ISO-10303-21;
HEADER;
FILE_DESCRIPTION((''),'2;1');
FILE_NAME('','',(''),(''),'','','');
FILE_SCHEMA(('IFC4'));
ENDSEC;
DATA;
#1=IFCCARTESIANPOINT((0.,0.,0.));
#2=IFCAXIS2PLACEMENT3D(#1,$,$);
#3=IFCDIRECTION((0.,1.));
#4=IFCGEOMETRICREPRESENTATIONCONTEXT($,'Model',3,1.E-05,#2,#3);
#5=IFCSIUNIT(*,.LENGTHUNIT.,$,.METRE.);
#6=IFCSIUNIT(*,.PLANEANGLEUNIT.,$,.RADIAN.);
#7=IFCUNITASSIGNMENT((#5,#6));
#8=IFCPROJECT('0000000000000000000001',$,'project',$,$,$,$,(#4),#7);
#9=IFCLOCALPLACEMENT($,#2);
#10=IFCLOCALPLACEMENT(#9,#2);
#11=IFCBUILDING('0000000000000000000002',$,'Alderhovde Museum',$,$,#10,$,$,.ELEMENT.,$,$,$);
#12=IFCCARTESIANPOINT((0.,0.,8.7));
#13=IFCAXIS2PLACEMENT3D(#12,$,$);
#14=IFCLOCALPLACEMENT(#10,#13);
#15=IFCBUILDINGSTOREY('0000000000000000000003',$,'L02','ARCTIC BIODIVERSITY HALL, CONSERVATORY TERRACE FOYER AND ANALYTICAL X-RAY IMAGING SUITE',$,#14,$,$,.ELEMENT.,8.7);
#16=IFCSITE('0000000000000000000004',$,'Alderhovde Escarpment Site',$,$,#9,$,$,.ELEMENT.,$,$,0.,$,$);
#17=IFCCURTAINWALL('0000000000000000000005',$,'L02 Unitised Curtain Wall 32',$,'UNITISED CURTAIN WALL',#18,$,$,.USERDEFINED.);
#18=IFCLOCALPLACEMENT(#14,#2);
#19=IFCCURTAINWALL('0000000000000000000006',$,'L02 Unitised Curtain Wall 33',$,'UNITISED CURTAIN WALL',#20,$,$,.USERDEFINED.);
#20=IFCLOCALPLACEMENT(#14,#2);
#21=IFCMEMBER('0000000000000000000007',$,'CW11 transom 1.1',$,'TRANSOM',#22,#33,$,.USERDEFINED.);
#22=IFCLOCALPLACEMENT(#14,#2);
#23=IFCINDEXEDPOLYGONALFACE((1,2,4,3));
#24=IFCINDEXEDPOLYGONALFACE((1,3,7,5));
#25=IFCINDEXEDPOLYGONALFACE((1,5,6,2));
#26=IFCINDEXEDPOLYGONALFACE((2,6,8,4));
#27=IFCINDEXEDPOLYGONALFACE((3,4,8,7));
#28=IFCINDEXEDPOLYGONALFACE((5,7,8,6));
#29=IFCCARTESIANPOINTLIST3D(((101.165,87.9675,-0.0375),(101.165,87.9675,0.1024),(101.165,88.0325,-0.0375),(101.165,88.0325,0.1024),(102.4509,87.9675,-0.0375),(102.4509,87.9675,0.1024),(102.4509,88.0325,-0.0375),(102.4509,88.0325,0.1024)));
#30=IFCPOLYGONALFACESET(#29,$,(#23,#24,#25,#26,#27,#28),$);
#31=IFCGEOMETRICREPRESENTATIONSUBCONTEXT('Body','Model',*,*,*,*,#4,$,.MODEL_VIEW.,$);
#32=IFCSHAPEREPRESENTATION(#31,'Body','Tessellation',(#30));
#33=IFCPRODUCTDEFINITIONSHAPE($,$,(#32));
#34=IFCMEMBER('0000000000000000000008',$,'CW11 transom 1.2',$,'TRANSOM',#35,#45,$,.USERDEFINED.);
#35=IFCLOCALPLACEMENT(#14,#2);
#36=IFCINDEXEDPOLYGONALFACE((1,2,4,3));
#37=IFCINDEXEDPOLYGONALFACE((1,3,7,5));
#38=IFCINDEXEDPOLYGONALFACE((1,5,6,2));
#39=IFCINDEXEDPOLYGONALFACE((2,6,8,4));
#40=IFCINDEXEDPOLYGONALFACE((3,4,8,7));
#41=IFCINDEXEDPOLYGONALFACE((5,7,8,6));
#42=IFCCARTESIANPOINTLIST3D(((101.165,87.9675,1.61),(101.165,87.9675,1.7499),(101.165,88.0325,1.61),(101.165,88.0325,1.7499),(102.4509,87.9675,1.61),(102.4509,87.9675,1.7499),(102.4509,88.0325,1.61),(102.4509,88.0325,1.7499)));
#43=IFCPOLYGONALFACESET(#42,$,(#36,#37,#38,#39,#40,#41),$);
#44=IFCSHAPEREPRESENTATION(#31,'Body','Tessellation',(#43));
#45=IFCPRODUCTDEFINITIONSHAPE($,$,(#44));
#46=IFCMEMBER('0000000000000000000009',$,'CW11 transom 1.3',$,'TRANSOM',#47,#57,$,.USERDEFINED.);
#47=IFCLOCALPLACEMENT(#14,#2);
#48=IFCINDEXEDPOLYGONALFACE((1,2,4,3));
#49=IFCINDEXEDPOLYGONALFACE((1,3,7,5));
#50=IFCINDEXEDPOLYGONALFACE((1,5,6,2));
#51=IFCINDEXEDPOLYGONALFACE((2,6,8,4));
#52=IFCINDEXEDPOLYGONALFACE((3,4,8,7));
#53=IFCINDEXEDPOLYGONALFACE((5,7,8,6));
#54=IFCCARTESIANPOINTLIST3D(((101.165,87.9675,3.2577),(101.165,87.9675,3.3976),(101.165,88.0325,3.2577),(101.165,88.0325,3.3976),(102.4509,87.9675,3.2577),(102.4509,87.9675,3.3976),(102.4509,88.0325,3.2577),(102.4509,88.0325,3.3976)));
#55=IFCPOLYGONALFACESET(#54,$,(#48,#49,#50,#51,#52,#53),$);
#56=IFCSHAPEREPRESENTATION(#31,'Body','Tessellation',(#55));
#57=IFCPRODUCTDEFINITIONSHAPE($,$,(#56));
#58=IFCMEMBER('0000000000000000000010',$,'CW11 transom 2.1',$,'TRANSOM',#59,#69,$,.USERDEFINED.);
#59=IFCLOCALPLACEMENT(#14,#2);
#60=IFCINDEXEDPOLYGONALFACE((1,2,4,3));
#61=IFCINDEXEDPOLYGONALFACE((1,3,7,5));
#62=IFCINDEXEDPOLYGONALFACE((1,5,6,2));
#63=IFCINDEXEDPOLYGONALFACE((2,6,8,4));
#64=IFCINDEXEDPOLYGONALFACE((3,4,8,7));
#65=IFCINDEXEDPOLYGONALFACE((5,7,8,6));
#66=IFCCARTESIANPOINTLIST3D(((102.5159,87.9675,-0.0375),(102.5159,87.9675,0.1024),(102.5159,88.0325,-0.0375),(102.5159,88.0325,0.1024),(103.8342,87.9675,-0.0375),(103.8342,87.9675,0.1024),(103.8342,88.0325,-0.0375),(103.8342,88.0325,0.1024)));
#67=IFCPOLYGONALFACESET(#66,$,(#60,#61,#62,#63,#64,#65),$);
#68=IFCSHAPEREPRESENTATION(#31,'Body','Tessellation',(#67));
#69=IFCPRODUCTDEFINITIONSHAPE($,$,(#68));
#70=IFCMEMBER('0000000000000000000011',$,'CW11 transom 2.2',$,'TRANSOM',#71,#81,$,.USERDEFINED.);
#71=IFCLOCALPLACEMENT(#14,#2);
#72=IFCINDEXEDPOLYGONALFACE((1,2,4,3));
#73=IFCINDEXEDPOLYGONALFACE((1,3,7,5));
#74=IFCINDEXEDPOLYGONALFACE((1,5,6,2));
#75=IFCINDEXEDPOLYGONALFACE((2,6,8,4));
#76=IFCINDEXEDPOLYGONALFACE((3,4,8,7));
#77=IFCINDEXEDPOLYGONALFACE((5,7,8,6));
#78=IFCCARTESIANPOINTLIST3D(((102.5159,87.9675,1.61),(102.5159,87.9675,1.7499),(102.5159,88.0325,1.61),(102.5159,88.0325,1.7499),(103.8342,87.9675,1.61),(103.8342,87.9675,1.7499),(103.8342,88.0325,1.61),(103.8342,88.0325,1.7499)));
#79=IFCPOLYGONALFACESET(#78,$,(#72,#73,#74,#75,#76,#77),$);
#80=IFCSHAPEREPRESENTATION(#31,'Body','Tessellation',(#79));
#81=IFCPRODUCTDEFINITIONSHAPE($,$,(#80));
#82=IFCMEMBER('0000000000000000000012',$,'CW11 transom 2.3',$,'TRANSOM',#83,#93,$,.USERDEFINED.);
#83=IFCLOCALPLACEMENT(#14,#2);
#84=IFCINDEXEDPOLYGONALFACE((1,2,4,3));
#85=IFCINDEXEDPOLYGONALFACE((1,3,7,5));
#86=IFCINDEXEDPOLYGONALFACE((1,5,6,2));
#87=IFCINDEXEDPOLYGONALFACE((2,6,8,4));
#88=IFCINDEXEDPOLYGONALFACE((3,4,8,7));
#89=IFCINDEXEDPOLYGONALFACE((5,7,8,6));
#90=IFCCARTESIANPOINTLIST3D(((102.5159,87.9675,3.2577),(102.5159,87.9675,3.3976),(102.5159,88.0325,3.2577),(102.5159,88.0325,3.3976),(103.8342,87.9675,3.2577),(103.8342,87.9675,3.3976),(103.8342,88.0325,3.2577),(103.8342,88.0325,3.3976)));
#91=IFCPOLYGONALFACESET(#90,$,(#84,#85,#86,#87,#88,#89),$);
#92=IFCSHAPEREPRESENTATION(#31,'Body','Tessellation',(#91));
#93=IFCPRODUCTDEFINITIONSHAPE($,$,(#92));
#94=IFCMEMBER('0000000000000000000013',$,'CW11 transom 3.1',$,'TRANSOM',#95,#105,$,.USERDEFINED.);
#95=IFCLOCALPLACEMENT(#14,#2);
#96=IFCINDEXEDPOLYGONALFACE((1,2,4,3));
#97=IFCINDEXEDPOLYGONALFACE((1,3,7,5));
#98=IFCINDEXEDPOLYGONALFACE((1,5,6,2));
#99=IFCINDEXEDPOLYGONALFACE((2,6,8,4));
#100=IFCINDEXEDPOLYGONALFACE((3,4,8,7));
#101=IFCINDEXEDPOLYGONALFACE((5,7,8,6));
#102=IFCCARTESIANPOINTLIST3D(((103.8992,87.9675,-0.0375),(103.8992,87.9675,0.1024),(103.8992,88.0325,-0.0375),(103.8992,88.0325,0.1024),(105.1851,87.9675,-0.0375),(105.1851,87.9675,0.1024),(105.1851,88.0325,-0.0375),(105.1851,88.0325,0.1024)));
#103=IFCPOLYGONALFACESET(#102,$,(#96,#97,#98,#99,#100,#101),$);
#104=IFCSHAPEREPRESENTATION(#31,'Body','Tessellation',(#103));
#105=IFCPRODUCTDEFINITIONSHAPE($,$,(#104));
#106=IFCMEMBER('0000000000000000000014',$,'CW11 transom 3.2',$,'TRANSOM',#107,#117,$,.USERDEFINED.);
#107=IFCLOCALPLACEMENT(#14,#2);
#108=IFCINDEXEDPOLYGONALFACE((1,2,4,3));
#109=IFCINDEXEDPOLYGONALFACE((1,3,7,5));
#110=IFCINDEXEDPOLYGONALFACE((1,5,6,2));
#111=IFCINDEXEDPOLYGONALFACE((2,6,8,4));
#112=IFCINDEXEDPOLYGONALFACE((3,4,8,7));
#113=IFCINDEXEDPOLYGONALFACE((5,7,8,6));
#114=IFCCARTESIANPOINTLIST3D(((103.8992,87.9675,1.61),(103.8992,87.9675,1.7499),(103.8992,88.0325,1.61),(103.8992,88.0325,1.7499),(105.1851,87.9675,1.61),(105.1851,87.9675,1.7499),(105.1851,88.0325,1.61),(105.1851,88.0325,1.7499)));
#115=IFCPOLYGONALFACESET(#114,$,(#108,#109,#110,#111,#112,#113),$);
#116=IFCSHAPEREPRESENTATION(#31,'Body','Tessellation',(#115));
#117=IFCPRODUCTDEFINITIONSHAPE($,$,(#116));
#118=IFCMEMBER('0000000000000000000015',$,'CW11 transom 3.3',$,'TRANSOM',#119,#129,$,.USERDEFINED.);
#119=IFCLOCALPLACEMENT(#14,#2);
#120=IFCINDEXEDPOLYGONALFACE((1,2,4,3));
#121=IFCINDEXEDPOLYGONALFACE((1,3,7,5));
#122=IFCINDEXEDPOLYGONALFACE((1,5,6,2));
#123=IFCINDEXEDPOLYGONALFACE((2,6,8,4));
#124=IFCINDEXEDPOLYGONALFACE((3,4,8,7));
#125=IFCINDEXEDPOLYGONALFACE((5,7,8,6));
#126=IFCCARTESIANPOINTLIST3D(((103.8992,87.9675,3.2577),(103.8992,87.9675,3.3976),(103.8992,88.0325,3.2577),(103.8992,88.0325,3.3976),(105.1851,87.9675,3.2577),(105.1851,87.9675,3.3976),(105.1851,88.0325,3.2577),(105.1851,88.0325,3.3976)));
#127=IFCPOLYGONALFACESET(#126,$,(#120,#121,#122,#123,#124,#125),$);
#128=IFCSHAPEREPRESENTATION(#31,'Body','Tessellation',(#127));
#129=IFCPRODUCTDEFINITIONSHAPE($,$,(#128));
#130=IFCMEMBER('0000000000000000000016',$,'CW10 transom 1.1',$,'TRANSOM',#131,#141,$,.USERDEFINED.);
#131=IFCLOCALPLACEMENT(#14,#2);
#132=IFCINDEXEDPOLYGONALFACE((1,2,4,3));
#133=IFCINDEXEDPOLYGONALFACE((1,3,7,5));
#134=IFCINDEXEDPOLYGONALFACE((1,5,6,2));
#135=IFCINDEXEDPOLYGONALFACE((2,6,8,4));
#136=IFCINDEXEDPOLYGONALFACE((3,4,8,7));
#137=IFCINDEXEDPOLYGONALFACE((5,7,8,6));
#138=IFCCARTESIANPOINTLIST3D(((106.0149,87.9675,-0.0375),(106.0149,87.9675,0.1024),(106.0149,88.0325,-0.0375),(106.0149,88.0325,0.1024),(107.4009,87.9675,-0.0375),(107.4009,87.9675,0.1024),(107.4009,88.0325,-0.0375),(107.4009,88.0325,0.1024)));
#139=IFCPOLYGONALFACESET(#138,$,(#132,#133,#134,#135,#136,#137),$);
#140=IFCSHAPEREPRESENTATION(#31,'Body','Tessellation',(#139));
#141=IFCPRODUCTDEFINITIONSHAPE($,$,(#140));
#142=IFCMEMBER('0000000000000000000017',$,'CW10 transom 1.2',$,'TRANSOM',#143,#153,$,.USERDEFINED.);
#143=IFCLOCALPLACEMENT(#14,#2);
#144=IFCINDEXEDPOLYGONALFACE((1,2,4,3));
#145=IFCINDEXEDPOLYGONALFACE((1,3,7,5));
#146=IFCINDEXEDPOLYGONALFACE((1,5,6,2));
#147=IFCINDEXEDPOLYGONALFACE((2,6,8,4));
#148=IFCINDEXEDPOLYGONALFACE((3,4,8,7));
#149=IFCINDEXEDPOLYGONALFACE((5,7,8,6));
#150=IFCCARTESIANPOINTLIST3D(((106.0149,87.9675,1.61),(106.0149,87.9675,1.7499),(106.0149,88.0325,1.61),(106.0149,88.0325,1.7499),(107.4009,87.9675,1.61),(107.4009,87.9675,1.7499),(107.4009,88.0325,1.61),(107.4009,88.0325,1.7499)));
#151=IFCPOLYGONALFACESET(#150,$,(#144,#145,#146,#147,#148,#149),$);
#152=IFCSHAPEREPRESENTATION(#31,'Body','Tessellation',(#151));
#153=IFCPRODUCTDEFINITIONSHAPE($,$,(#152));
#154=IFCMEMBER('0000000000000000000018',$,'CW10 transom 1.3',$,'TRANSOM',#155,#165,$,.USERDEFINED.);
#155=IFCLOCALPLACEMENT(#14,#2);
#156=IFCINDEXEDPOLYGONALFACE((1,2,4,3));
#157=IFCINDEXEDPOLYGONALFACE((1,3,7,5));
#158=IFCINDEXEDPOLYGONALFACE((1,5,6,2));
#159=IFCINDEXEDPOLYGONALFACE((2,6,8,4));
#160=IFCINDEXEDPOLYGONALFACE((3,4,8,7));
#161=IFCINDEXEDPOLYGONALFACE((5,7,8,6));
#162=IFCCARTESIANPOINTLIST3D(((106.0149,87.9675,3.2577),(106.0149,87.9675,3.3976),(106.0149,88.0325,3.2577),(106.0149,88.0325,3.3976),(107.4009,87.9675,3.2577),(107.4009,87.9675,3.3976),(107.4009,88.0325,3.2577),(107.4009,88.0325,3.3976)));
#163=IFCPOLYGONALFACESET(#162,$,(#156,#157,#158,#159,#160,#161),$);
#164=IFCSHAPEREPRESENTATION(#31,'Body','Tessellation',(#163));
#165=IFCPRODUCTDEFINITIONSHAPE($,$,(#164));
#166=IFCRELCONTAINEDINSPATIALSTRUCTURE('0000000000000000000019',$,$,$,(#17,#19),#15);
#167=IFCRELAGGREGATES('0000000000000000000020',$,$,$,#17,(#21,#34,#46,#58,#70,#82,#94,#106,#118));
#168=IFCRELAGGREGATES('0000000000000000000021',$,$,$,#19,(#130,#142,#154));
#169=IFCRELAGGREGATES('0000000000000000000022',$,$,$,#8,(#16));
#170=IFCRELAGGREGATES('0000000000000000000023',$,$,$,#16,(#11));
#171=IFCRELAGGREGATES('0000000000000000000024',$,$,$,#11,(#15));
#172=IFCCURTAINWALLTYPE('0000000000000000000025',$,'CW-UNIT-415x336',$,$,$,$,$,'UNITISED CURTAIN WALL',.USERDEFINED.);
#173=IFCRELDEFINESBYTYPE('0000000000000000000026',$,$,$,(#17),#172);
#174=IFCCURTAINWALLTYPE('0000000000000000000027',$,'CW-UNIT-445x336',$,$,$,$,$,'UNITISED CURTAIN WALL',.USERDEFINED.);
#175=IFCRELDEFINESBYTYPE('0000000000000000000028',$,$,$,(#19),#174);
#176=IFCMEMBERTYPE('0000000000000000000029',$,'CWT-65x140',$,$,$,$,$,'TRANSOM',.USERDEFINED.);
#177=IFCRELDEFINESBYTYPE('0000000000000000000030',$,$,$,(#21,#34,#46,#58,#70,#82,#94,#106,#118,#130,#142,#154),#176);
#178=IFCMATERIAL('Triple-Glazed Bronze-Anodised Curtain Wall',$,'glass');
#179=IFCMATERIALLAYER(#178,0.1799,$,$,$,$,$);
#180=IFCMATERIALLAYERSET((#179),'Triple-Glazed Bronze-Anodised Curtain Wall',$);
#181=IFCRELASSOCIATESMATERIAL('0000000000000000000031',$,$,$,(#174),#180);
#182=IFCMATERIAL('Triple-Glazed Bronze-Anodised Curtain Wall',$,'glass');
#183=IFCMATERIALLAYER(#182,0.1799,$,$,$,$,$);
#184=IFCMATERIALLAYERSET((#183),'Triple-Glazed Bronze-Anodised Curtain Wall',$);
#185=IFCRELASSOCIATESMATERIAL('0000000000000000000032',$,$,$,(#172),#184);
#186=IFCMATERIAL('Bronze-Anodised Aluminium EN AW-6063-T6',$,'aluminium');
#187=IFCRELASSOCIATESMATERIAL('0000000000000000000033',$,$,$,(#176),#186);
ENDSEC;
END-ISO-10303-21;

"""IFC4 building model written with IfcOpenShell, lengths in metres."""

from ifc_helpers import new_model, si_unit, direction, frame, origin, origin_2d, place, context, subcontext, project, spatial, rectangle, extrude, material, layer, layer_set, material_profile, profile_set, type_object, element, aggregate, save


model = new_model("IFC4")

# Units and contexts
model_context = context("Model", 3, precision=1e-05, world=origin(), true_north=direction((0.0, 1.0)))
body_context = subcontext(model_context, "Body", "Model", "MODEL_VIEW")
ifc_project = project(units=[si_unit("LENGTHUNIT", "METRE"), si_unit("PLANEANGLEUNIT", "RADIAN")], contexts=[model_context])

# Site, building, storey
site_placement = place(None, origin())
site = spatial("IfcSite", under=ifc_project, at=site_placement, Name="Alderhovde Escarpment Site", CompositionType="ELEMENT", RefElevation=0.0)
building_placement = place(site_placement, origin())
building = spatial("IfcBuilding", under=site, at=building_placement, Name="Alderhovde Museum", CompositionType="ELEMENT")
storey_placement = place(building_placement, frame((0.0, 0.0, 8.7)))
storey = spatial("IfcBuildingStorey", under=building, at=storey_placement, Name="L02", Description="ARCTIC BIODIVERSITY HALL, CONSERVATORY TERRACE FOYER AND ANALYTICAL X-RAY IMAGING SUITE", CompositionType="ELEMENT", Elevation=8.7)

# Shared definitions
ifc_material_1 = material(Name="Triple-Glazed Bronze-Anodised Curtain Wall", Category="glass")
ifc_layer_1 = layer(ifc_material_1, 0.1799)
ifc_layer_set_1 = layer_set([ifc_layer_1], Name="Triple-Glazed Bronze-Anodised Curtain Wall")
curtain_wall_type_1 = type_object("IfcCurtainWallType", Name="CW-UNIT-445x336", ElementType="UNITISED CURTAIN WALL", PredefinedType="USERDEFINED", material=ifc_layer_set_1)

# Curtain walls
ifc_material_2 = material(Name="Triple-Glazed Bronze-Anodised Curtain Wall", Category="glass")
ifc_layer_2 = layer(ifc_material_2, 0.1799)
ifc_layer_set_2 = layer_set([ifc_layer_2], Name="Triple-Glazed Bronze-Anodised Curtain Wall")
curtain_wall_type_2 = type_object("IfcCurtainWallType", Name="CW-UNIT-415x336", ElementType="UNITISED CURTAIN WALL", PredefinedType="USERDEFINED", material=ifc_layer_set_2)
curtain_wall_1_placement = place(storey_placement, origin())
curtain_wall_1 = element("IfcCurtainWall", 1, at=curtain_wall_1_placement, inside=storey, type_object=curtain_wall_type_2, Name="L02 Unitised Curtain Wall 32", ObjectType="UNITISED CURTAIN WALL", PredefinedType="USERDEFINED")
curtain_wall_2_placement = place(storey_placement, origin())
curtain_wall_2 = element("IfcCurtainWall", 2, at=curtain_wall_2_placement, inside=storey, type_object=curtain_wall_type_1, Name="L02 Unitised Curtain Wall 33", ObjectType="UNITISED CURTAIN WALL", PredefinedType="USERDEFINED")

# Members
ifc_material_3 = material(Name="Bronze-Anodised Aluminium EN AW-6063-T6", Category="aluminium")
ifc_material_profile_1 = material_profile(ifc_material_3, rectangle(XDim=0.0649, YDim=0.1399, at=origin_2d()), Name="TRANSOM 65x140")
ifc_profile_set_1 = profile_set([ifc_material_profile_1], Name="Bronze-Anodised Aluminium EN AW-6063-T6")
member_type_1 = type_object("IfcMemberType", Name="CWT-65x140", ElementType="TRANSOM", PredefinedType="USERDEFINED", material=ifc_profile_set_1)
member_1_placement = place(storey_placement, frame((101.165, 88.0, 0.0325), z_axis=(1.0, 0.0, 0.0), x_axis=(0.0, 1.0, 0.0)))
member_1 = element("IfcMember", 3, at=member_1_placement, type_object=member_type_1, Name="CW11 transom 1.1", ObjectType="TRANSOM", PredefinedType="USERDEFINED", context=body_context, shape_type="SweptSolid", body=[
    extrude(rectangle(XDim=0.0649, YDim=0.1399, at=origin_2d()), origin(), (0.0, 0.0, 1.0), 1.2859),
])
member_2_placement = place(storey_placement, frame((101.165, 88.0, 1.6799), z_axis=(1.0, 0.0, 0.0), x_axis=(0.0, 1.0, 0.0)))
member_2 = element("IfcMember", 4, at=member_2_placement, type_object=member_type_1, Name="CW11 transom 1.2", ObjectType="TRANSOM", PredefinedType="USERDEFINED", context=body_context, shape_type="SweptSolid", body=[
    extrude(rectangle(XDim=0.0649, YDim=0.1399, at=origin_2d()), origin(), (0.0, 0.0, 1.0), 1.2859),
])
member_3_placement = place(storey_placement, frame((101.165, 88.0, 3.3276), z_axis=(1.0, 0.0, 0.0), x_axis=(0.0, 1.0, 0.0)))
member_3 = element("IfcMember", 5, at=member_3_placement, type_object=member_type_1, Name="CW11 transom 1.3", ObjectType="TRANSOM", PredefinedType="USERDEFINED", context=body_context, shape_type="SweptSolid", body=[
    extrude(rectangle(XDim=0.0649, YDim=0.1399, at=origin_2d()), origin(), (0.0, 0.0, 1.0), 1.2859),
])
member_4_placement = place(storey_placement, frame((102.5159, 88.0, 0.0325), z_axis=(1.0, 0.0, 0.0), x_axis=(0.0, 1.0, 0.0)))
member_4 = element("IfcMember", 6, at=member_4_placement, type_object=member_type_1, Name="CW11 transom 2.1", ObjectType="TRANSOM", PredefinedType="USERDEFINED", context=body_context, shape_type="SweptSolid", body=[
    extrude(rectangle(XDim=0.0649, YDim=0.1399, at=origin_2d()), origin(), (0.0, 0.0, 1.0), 1.3184),
])
member_5_placement = place(storey_placement, frame((102.5159, 88.0, 1.6799), z_axis=(1.0, 0.0, 0.0), x_axis=(0.0, 1.0, 0.0)))
member_5 = element("IfcMember", 7, at=member_5_placement, type_object=member_type_1, Name="CW11 transom 2.2", ObjectType="TRANSOM", PredefinedType="USERDEFINED", context=body_context, shape_type="SweptSolid", body=[
    extrude(rectangle(XDim=0.0649, YDim=0.1399, at=origin_2d()), origin(), (0.0, 0.0, 1.0), 1.3184),
])
member_6_placement = place(storey_placement, frame((102.5159, 88.0, 3.3276), z_axis=(1.0, 0.0, 0.0), x_axis=(0.0, 1.0, 0.0)))
member_6 = element("IfcMember", 8, at=member_6_placement, type_object=member_type_1, Name="CW11 transom 2.3", ObjectType="TRANSOM", PredefinedType="USERDEFINED", context=body_context, shape_type="SweptSolid", body=[
    extrude(rectangle(XDim=0.0649, YDim=0.1399, at=origin_2d()), origin(), (0.0, 0.0, 1.0), 1.3184),
])
member_7_placement = place(storey_placement, frame((103.8992, 88.0, 0.0325), z_axis=(1.0, 0.0, 0.0), x_axis=(0.0, 1.0, 0.0)))
member_7 = element("IfcMember", 9, at=member_7_placement, type_object=member_type_1, Name="CW11 transom 3.1", ObjectType="TRANSOM", PredefinedType="USERDEFINED", context=body_context, shape_type="SweptSolid", body=[
    extrude(rectangle(XDim=0.0649, YDim=0.1399, at=origin_2d()), origin(), (0.0, 0.0, 1.0), 1.2859),
])
member_8_placement = place(storey_placement, frame((103.8992, 88.0, 1.6799), z_axis=(1.0, 0.0, 0.0), x_axis=(0.0, 1.0, 0.0)))
member_8 = element("IfcMember", 10, at=member_8_placement, type_object=member_type_1, Name="CW11 transom 3.2", ObjectType="TRANSOM", PredefinedType="USERDEFINED", context=body_context, shape_type="SweptSolid", body=[
    extrude(rectangle(XDim=0.0649, YDim=0.1399, at=origin_2d()), origin(), (0.0, 0.0, 1.0), 1.2859),
])
member_9_placement = place(storey_placement, frame((103.8992, 88.0, 3.3276), z_axis=(1.0, 0.0, 0.0), x_axis=(0.0, 1.0, 0.0)))
member_9 = element("IfcMember", 11, at=member_9_placement, type_object=member_type_1, Name="CW11 transom 3.3", ObjectType="TRANSOM", PredefinedType="USERDEFINED", context=body_context, shape_type="SweptSolid", body=[
    extrude(rectangle(XDim=0.0649, YDim=0.1399, at=origin_2d()), origin(), (0.0, 0.0, 1.0), 1.2859),
])
member_10_placement = place(storey_placement, frame((106.0149, 88.0, 0.0325), z_axis=(1.0, 0.0, 0.0), x_axis=(0.0, 1.0, 0.0)))
member_10 = element("IfcMember", 12, at=member_10_placement, type_object=member_type_1, Name="CW10 transom 1.1", ObjectType="TRANSOM", PredefinedType="USERDEFINED", context=body_context, shape_type="SweptSolid", body=[
    extrude(rectangle(XDim=0.0649, YDim=0.1399, at=origin_2d()), origin(), (0.0, 0.0, 1.0), 1.386),
])
member_11_placement = place(storey_placement, frame((106.0149, 88.0, 1.6799), z_axis=(1.0, 0.0, 0.0), x_axis=(0.0, 1.0, 0.0)))
member_11 = element("IfcMember", 13, at=member_11_placement, type_object=member_type_1, Name="CW10 transom 1.2", ObjectType="TRANSOM", PredefinedType="USERDEFINED", context=body_context, shape_type="SweptSolid", body=[
    extrude(rectangle(XDim=0.0649, YDim=0.1399, at=origin_2d()), origin(), (0.0, 0.0, 1.0), 1.386),
])
member_12_placement = place(storey_placement, frame((106.0149, 88.0, 3.3276), z_axis=(1.0, 0.0, 0.0), x_axis=(0.0, 1.0, 0.0)))
member_12 = element("IfcMember", 14, at=member_12_placement, type_object=member_type_1, Name="CW10 transom 1.3", ObjectType="TRANSOM", PredefinedType="USERDEFINED", context=body_context, shape_type="SweptSolid", body=[
    extrude(rectangle(XDim=0.0649, YDim=0.1399, at=origin_2d()), origin(), (0.0, 0.0, 1.0), 1.386),
])

aggregate(curtain_wall_1, [member_1, member_2, member_3, member_4, member_5, member_6, member_7, member_8, member_9])
aggregate(curtain_wall_2, [member_10, member_11, member_12])

save(model, "model.ifc")
